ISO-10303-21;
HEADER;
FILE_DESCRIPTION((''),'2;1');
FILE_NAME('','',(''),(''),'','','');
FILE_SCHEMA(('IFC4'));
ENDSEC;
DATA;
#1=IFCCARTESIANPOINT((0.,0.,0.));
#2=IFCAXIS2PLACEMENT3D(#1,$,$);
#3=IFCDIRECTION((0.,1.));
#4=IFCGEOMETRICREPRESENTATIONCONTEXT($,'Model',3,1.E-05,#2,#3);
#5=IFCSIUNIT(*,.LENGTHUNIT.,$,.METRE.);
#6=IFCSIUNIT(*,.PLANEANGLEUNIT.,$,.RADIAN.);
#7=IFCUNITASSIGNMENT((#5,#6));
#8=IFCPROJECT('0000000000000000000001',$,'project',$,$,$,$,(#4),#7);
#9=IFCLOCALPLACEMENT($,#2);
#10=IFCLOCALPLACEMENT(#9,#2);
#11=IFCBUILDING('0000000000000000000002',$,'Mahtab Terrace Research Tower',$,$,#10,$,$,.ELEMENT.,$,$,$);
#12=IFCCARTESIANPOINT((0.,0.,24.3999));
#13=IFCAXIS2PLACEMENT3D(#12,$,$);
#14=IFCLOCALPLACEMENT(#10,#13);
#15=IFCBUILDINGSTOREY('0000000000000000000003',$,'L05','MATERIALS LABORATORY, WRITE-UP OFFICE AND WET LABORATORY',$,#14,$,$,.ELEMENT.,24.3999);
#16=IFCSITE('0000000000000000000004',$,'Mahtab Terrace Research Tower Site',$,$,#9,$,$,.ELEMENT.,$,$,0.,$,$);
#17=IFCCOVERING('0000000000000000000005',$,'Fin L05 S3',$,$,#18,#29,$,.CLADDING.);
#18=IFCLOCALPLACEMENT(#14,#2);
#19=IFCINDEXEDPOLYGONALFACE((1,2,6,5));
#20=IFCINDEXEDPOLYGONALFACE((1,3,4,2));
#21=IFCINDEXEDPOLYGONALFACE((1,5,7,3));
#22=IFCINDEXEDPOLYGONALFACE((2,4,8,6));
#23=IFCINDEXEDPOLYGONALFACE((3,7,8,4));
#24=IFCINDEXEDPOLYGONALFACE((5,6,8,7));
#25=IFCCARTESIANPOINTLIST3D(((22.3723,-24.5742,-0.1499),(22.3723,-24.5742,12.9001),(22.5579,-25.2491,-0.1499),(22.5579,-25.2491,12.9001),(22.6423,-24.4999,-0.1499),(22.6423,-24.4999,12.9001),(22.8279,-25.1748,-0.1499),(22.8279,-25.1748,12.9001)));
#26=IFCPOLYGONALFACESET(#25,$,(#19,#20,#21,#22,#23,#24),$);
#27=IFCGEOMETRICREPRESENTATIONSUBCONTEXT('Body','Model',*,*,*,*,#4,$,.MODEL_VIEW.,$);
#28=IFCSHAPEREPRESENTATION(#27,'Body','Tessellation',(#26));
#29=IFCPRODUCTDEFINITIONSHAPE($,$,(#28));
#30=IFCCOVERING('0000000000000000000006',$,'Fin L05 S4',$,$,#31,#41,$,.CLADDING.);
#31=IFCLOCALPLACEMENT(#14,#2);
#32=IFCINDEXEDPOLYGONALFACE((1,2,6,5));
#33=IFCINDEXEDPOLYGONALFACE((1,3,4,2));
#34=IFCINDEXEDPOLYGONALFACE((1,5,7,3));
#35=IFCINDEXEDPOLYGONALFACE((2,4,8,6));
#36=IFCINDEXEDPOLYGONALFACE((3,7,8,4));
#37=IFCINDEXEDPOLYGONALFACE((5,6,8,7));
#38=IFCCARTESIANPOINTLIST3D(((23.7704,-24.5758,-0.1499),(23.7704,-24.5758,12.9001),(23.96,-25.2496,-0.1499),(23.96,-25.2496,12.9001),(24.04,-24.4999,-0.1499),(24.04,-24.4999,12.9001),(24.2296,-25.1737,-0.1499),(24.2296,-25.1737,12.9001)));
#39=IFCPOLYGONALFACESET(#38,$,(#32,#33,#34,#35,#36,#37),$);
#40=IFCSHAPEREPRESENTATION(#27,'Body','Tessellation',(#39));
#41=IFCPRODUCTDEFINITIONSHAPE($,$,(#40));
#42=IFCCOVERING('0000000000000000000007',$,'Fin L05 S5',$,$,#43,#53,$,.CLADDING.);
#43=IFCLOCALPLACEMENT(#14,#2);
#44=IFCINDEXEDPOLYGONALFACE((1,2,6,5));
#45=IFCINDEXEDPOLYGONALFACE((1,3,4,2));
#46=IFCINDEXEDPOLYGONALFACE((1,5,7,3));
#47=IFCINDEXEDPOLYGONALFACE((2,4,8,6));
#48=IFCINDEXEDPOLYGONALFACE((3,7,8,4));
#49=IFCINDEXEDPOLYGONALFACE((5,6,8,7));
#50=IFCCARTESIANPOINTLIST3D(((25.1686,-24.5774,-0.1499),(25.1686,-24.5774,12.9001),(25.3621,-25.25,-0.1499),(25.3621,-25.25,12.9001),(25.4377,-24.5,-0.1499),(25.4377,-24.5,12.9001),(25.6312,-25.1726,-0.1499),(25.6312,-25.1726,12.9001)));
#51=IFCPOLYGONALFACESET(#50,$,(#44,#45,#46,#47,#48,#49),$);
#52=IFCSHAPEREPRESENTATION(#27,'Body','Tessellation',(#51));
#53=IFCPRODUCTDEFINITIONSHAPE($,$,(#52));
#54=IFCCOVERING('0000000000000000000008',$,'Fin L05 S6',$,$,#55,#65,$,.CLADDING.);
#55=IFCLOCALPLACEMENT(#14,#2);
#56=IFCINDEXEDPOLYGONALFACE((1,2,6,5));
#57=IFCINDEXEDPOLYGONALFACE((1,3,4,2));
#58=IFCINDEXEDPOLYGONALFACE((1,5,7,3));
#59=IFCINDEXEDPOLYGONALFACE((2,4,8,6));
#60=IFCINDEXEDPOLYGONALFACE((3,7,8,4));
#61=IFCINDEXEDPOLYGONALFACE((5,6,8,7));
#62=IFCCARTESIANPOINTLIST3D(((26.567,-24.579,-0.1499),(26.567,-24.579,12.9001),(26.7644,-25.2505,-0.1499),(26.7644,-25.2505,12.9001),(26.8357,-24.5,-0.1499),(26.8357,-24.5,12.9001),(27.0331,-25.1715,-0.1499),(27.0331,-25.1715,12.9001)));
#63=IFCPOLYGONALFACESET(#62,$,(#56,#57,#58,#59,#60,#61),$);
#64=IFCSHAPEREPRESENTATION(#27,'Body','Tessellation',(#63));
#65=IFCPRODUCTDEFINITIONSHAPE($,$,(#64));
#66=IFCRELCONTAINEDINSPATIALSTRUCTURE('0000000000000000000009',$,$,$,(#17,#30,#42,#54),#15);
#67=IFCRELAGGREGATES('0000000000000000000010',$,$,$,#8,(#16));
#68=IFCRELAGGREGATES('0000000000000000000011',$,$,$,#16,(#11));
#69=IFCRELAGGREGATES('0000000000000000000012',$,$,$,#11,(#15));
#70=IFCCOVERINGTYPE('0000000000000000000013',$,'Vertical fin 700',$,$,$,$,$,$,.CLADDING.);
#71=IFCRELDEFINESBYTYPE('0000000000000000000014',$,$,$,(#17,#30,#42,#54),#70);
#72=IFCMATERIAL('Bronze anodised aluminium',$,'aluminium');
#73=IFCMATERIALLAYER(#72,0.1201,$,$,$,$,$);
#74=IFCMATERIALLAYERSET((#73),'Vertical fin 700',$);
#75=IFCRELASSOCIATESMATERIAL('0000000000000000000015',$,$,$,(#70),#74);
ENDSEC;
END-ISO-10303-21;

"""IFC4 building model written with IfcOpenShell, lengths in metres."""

from ifc_helpers import new_model, si_unit, direction, frame, origin, origin_2d, place, context, subcontext, project, spatial, rectangle, extrude, material, layer, layer_set, type_object, element, save


model = new_model("IFC4")

# Units and contexts
model_context = context("Model", 3, precision=1e-05, world=origin(), true_north=direction((0.0, 1.0)))
body_context = subcontext(model_context, "Body", "Model", "MODEL_VIEW")
ifc_project = project(units=[si_unit("LENGTHUNIT", "METRE"), si_unit("PLANEANGLEUNIT", "RADIAN")], contexts=[model_context])

# Site, building, storey
site_placement = place(None, origin())
site = spatial("IfcSite", under=ifc_project, at=site_placement, Name="Mahtab Terrace Research Tower Site", CompositionType="ELEMENT", RefElevation=0.0)
building_placement = place(site_placement, origin())
building = spatial("IfcBuilding", under=site, at=building_placement, Name="Mahtab Terrace Research Tower", CompositionType="ELEMENT")
storey_placement = place(building_placement, frame((0.0, 0.0, 24.3999)))
storey = spatial("IfcBuildingStorey", under=building, at=storey_placement, Name="L05", Description="MATERIALS LABORATORY, WRITE-UP OFFICE AND WET LABORATORY", CompositionType="ELEMENT", Elevation=24.3999)

# Coverings
ifc_material_1 = material(Name="Bronze anodised aluminium", Category="aluminium")
ifc_layer_1 = layer(ifc_material_1, 0.1201)
ifc_layer_set_1 = layer_set([ifc_layer_1], Name="Vertical fin 700")
covering_type = type_object("IfcCoveringType", Name="Vertical fin 700", PredefinedType="CLADDING", material=ifc_layer_set_1)
for number, where, z_axis, x_axis, name in (
    (1, (22.6001, -24.8745, -0.1499), (0.0, 0.0, 1.0), (0.964184, 0.265236, 0.0), "Fin L05 S3"),
    (2, (24.0, -24.8748, -0.1499), (0.0, 0.0, 1.0), (0.962624, 0.27084, 0.0), "Fin L05 S4"),
    (3, (25.3999, -24.875, -0.1499), (0.0, 0.0, 1.0), (0.961032, 0.276436, 0.0), "Fin L05 S5"),
    (4, (26.8, -24.8752, -0.1499), (0.0, 0.0, 1.0), (0.959408, 0.282023, 0.0), "Fin L05 S6"),
):
    element("IfcCovering", number, at=place(storey_placement, frame(where, z_axis=z_axis, x_axis=x_axis)), inside=storey, type_object=covering_type, Name=name, PredefinedType="CLADDING", context=body_context, shape_type="SweptSolid", body=[
        extrude(rectangle(XDim=0.28, YDim=0.7, at=origin_2d()), origin(), (0.0, 0.0, 1.0), 13.05),
    ])

save(model, "model.ifc")
